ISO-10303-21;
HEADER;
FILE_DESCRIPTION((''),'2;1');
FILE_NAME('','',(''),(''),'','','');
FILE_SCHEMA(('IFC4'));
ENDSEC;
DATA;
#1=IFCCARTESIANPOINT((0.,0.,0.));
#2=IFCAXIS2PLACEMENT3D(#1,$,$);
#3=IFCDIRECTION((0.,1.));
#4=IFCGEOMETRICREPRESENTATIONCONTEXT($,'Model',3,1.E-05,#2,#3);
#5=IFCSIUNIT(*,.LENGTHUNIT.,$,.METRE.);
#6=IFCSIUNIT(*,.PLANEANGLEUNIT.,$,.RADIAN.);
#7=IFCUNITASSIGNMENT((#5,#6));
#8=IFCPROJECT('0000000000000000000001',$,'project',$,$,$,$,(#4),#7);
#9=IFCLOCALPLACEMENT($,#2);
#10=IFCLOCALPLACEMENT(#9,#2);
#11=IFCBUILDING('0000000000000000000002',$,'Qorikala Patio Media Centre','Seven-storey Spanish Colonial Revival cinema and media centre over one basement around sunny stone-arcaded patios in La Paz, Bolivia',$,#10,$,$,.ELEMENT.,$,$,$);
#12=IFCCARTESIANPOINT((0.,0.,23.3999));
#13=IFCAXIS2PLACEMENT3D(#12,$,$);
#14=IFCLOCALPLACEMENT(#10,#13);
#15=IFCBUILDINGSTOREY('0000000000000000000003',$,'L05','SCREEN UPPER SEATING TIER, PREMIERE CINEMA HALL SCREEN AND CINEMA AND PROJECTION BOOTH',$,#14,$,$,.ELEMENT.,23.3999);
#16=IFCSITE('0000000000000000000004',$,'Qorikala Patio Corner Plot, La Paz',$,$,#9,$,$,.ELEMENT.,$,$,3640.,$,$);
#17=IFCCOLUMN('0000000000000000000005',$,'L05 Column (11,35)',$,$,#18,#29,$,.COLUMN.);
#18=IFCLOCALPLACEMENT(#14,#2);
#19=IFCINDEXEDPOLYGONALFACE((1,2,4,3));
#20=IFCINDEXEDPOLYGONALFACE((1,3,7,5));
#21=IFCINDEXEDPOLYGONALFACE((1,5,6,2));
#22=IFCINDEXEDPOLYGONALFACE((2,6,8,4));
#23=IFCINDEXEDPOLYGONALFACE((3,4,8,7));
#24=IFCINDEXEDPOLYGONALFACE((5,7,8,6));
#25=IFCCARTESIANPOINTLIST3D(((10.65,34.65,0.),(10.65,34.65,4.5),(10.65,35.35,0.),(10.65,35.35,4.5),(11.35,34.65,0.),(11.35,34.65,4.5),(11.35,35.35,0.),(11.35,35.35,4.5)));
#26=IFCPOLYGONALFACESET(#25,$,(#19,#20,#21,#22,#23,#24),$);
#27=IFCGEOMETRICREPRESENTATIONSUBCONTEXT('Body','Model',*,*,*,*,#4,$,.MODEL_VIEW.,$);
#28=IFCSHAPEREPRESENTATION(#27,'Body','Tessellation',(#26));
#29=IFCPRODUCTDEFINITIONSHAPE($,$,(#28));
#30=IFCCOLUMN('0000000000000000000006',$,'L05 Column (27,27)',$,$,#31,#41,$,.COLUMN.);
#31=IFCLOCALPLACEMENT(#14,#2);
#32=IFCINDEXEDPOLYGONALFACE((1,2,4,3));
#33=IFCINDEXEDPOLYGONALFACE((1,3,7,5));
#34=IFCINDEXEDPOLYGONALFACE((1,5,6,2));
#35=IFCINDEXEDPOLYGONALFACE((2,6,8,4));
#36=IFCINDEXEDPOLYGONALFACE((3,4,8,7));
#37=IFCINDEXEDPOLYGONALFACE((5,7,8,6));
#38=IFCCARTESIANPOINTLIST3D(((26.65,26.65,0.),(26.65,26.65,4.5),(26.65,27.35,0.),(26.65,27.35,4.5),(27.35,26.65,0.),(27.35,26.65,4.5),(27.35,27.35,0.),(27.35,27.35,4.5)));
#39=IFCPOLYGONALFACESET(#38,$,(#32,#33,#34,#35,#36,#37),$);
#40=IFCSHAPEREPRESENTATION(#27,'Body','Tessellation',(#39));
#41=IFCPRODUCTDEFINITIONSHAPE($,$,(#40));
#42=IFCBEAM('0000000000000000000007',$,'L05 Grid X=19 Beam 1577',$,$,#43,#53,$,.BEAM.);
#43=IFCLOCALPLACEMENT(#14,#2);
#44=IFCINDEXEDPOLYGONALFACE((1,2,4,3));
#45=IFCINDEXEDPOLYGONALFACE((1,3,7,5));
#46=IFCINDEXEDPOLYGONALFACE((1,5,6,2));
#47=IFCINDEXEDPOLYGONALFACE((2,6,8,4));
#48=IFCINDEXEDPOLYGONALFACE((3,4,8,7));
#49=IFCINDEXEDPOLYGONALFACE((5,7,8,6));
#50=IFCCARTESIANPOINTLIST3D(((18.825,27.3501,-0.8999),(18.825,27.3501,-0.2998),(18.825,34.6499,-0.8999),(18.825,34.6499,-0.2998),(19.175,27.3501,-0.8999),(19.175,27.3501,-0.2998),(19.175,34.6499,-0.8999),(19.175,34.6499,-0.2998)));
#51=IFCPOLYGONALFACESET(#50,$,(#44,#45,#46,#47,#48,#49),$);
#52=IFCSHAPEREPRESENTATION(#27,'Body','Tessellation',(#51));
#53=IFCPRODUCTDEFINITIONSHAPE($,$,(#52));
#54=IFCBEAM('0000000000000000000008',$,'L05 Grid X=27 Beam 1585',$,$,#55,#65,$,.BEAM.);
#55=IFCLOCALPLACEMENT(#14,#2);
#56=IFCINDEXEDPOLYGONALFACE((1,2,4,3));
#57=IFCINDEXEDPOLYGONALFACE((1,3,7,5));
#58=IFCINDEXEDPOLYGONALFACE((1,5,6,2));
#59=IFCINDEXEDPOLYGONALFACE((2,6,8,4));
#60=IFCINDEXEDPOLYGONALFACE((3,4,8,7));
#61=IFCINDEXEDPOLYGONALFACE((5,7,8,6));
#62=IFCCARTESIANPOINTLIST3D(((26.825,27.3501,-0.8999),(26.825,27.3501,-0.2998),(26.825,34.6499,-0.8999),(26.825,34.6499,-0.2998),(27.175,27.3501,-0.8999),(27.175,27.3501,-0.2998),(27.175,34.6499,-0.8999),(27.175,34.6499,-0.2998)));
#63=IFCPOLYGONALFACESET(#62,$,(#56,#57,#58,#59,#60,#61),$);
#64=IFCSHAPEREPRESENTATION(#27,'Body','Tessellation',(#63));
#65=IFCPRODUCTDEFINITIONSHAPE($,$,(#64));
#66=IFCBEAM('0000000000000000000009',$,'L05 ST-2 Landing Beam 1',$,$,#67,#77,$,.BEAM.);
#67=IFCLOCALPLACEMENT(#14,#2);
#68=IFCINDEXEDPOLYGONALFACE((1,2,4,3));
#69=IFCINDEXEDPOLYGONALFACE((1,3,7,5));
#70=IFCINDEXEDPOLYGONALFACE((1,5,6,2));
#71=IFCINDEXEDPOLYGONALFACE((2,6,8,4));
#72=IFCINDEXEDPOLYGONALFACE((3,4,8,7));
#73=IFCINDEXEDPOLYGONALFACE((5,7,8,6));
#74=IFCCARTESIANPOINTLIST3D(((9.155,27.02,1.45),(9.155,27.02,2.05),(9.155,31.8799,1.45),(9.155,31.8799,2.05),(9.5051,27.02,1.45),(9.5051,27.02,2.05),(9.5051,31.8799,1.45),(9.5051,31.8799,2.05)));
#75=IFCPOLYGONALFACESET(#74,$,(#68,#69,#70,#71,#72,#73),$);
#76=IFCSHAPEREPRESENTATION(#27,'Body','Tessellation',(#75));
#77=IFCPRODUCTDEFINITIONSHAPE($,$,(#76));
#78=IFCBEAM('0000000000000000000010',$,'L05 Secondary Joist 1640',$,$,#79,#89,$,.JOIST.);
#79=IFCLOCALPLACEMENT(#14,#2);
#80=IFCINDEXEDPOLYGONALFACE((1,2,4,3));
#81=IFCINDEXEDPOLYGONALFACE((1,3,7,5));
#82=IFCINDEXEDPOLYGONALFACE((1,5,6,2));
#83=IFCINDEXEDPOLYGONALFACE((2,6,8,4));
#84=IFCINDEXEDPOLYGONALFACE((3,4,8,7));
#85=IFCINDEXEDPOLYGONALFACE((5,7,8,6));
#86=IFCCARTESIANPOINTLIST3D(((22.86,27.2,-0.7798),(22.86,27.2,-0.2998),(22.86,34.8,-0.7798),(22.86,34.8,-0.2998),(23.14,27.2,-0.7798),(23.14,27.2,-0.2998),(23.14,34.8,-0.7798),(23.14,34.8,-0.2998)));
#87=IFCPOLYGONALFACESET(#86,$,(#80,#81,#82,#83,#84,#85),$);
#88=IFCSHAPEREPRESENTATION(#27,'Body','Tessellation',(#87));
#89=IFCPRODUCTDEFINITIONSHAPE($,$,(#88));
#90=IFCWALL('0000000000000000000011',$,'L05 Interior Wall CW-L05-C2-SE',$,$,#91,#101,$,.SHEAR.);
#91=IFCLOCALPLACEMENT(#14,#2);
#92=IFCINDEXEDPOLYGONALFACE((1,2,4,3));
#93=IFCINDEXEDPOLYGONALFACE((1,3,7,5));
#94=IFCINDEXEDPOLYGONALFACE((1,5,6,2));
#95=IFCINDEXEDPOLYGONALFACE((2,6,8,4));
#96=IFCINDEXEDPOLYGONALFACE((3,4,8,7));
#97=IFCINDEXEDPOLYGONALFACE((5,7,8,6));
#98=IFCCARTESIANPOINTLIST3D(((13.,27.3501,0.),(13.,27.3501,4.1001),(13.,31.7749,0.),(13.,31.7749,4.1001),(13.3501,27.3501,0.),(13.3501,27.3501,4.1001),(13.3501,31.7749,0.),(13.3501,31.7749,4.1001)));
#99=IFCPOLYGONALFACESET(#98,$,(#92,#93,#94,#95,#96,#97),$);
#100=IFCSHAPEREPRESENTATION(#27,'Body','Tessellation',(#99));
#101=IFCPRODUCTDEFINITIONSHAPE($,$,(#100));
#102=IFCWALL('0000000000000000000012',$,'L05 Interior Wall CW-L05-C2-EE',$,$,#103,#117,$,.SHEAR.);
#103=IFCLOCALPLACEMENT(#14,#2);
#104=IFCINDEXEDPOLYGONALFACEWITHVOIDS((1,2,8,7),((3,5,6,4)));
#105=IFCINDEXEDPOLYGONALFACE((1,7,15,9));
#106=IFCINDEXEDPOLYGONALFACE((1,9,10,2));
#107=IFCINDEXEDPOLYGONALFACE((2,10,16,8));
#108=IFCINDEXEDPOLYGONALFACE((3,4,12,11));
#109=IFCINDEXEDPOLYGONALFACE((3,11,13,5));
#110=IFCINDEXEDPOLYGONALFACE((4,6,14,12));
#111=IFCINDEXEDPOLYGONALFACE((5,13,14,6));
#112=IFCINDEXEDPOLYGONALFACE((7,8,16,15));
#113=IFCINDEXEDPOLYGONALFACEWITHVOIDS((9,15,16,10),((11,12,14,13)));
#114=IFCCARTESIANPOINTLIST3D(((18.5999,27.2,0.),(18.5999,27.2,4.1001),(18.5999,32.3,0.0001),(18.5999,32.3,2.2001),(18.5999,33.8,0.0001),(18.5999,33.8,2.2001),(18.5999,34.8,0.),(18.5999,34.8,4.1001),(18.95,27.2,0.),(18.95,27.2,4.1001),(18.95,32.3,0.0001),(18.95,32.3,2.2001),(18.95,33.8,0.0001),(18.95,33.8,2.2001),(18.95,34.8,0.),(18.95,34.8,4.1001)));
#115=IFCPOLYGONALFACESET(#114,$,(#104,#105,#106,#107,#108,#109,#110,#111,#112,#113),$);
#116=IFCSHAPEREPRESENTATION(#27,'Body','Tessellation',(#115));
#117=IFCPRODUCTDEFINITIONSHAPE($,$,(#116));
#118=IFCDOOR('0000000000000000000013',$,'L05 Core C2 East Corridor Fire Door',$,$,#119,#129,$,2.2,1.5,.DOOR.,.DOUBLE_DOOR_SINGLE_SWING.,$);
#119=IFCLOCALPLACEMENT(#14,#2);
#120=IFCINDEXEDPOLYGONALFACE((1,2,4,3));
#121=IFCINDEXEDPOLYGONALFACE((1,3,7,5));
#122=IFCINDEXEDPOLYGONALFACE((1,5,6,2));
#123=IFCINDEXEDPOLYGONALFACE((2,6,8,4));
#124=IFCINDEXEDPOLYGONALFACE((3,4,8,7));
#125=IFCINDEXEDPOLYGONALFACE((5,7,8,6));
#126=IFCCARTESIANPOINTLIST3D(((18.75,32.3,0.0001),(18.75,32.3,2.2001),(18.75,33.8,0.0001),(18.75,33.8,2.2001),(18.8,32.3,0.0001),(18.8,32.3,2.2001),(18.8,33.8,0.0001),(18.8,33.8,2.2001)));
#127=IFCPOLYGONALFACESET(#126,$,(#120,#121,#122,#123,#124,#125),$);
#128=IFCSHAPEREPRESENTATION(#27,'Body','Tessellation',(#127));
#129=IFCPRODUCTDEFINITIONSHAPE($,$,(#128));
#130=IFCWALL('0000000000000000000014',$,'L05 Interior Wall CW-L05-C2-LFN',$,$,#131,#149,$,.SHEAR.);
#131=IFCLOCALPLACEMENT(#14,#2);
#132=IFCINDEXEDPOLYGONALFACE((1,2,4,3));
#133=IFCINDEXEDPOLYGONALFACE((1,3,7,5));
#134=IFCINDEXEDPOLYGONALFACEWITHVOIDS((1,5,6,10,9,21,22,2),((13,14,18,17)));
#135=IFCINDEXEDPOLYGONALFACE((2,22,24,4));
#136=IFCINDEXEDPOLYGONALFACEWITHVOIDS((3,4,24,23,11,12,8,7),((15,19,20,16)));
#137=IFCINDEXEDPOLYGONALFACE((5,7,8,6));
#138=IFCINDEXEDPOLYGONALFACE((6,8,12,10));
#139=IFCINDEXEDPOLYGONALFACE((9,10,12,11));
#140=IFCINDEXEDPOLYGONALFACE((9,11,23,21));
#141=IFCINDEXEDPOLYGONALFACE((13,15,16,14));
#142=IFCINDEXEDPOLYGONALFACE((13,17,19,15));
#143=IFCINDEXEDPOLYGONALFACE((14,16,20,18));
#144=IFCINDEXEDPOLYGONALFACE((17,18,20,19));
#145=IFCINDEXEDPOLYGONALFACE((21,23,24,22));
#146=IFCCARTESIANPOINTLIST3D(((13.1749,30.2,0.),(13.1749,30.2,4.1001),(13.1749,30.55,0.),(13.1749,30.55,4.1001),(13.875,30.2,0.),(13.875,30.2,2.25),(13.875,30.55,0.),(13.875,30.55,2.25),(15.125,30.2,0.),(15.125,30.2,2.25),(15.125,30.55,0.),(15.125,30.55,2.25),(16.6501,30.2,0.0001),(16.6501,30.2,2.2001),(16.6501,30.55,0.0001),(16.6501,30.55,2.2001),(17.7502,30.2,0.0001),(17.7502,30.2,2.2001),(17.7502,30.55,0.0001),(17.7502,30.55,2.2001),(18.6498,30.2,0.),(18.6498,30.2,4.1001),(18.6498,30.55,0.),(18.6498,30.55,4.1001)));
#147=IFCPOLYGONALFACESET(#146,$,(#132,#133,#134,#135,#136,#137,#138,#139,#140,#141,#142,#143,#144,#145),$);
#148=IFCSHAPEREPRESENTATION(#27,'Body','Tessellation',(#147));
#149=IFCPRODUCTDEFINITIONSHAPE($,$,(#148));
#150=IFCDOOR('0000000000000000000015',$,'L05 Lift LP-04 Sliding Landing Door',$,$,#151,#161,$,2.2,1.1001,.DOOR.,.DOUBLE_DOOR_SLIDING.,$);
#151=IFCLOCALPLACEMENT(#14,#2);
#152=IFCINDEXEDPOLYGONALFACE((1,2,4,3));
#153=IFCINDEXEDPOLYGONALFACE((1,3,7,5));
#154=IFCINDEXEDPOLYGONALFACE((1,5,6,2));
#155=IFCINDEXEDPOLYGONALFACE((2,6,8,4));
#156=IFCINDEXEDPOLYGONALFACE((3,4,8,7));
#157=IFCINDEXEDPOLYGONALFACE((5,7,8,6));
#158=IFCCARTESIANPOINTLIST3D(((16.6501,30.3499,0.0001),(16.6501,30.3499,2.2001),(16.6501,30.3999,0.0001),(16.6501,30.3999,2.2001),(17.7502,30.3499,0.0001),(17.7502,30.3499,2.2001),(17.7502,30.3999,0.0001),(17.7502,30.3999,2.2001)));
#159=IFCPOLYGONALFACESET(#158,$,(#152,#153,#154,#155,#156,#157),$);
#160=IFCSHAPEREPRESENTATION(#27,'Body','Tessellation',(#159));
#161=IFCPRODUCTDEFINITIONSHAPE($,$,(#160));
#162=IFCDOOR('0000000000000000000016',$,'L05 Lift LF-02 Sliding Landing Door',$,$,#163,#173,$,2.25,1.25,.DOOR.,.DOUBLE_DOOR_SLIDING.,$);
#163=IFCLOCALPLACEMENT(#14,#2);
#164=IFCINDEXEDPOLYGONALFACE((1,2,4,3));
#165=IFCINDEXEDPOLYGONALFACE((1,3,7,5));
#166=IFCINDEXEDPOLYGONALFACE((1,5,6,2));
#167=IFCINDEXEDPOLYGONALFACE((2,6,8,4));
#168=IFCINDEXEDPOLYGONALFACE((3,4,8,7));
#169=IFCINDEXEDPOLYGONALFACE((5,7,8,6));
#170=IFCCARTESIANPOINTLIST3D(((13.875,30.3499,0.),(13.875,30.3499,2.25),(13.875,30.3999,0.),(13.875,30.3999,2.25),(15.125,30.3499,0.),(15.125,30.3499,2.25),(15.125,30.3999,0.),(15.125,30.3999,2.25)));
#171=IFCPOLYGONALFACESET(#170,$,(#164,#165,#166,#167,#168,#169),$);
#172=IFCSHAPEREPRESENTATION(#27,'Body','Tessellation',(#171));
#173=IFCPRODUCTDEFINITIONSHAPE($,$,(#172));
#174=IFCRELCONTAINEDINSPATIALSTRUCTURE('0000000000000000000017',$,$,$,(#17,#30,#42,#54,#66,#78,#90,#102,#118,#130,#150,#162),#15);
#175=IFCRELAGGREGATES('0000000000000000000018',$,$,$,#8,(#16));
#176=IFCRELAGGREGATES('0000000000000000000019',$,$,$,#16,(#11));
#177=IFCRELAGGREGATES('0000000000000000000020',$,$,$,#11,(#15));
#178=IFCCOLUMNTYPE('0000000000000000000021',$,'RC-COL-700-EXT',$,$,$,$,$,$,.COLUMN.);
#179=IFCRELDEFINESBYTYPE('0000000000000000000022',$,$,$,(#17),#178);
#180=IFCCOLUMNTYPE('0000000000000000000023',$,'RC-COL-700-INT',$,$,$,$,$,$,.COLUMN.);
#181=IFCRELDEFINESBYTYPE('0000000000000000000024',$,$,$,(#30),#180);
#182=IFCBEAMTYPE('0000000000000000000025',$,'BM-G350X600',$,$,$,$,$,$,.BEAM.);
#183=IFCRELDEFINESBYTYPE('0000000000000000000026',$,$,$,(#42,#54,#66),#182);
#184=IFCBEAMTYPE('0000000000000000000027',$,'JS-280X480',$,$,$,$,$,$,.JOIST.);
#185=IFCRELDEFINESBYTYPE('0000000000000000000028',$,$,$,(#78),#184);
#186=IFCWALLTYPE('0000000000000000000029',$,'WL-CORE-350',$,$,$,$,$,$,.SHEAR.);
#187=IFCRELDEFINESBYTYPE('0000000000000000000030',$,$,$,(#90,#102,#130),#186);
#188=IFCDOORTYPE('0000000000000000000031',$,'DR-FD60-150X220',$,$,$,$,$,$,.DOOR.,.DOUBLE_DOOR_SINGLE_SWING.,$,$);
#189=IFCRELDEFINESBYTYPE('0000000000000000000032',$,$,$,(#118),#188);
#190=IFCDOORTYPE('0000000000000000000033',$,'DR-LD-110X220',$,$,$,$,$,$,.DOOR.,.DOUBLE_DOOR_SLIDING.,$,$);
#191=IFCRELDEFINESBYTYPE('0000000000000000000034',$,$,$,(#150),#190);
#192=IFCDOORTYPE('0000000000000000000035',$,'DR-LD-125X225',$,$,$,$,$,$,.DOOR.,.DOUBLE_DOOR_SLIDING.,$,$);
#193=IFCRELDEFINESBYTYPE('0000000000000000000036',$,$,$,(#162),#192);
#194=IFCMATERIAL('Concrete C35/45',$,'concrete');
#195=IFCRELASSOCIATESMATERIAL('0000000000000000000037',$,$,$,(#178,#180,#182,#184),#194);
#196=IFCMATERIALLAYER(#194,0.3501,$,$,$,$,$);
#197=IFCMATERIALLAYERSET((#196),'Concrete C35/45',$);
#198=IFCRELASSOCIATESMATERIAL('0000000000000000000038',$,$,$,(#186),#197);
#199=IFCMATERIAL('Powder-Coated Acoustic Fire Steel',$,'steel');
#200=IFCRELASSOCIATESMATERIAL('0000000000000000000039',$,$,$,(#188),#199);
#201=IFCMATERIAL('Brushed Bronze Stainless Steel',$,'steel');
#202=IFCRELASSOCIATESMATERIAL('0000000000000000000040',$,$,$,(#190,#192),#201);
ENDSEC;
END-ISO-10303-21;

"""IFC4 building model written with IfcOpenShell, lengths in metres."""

from ifc_helpers import new_model, si_unit, direction, frame, frame_2d, origin, origin_2d, place, context, subcontext, project, spatial, rectangle, extrude, material, layer, layer_set, material_profile, profile_set, type_object, element, fill, save


model = new_model("IFC4")

# Units and contexts
model_context = context("Model", 3, precision=1e-05, world=origin(), true_north=direction((0.0, 1.0)))
body_context = subcontext(model_context, "Body", "Model", "MODEL_VIEW")
ifc_project = project(units=[si_unit("LENGTHUNIT", "METRE"), si_unit("PLANEANGLEUNIT", "RADIAN")], contexts=[model_context])

# Site, building, storey
site_placement = place(None, origin())
site = spatial("IfcSite", under=ifc_project, at=site_placement, Name="Qorikala Patio Corner Plot, La Paz", CompositionType="ELEMENT", RefElevation=3640.0)
building_placement = place(site_placement, origin())
building = spatial("IfcBuilding", under=site, at=building_placement, Name="Qorikala Patio Media Centre", Description="Seven-storey Spanish Colonial Revival cinema and media centre over one basement around sunny stone-arcaded patios in La Paz, Bolivia", CompositionType="ELEMENT")
storey_placement = place(building_placement, frame((0.0, 0.0, 23.3999)))
storey = spatial("IfcBuildingStorey", under=building, at=storey_placement, Name="L05", Description="SCREEN UPPER SEATING TIER, PREMIERE CINEMA HALL SCREEN AND CINEMA AND PROJECTION BOOTH", CompositionType="ELEMENT", Elevation=23.3999)

# Columns
ifc_material_1 = material(Name="Concrete C35/45", Category="concrete")
ifc_material_profile_1 = material_profile(ifc_material_1, rectangle(XDim=0.7, YDim=0.7, at=origin_2d()), Name="RC 700x700")
ifc_profile_set_1 = profile_set([ifc_material_profile_1], Name="Concrete C35/45")
column_type_1 = type_object("IfcColumnType", Name="RC-COL-700-EXT", PredefinedType="COLUMN", material=ifc_profile_set_1)
column_1_placement = place(storey_placement, frame((11.0, 35.0, 0.0), z_axis=(0.0, 0.0, 1.0), x_axis=(1.0, 0.0, 0.0)))
element("IfcColumn", 1, at=column_1_placement, inside=storey, type_object=column_type_1, Name="L05 Column (11,35)", PredefinedType="COLUMN", context=body_context, shape_type="SweptSolid", body=[
    extrude(rectangle(XDim=0.7, YDim=0.7, at=origin_2d()), origin(), (0.0, 0.0, 1.0), 4.5),
])
ifc_material_profile_2 = material_profile(ifc_material_1, rectangle(XDim=0.7, YDim=0.7, at=origin_2d()), Name="RC 700x700")
ifc_profile_set_2 = profile_set([ifc_material_profile_2], Name="Concrete C35/45")
column_type_2 = type_object("IfcColumnType", Name="RC-COL-700-INT", PredefinedType="COLUMN", material=ifc_profile_set_2)
column_2_placement = place(storey_placement, frame((27.0, 27.0, 0.0), z_axis=(0.0, 0.0, 1.0), x_axis=(1.0, 0.0, 0.0)))
element("IfcColumn", 2, at=column_2_placement, inside=storey, type_object=column_type_2, Name="L05 Column (27,27)", PredefinedType="COLUMN", context=body_context, shape_type="SweptSolid", body=[
    extrude(rectangle(XDim=0.7, YDim=0.7, at=origin_2d()), origin(), (0.0, 0.0, 1.0), 4.5),
])

# Beams
ifc_material_profile_3 = material_profile(ifc_material_1, rectangle(XDim=0.3501, YDim=0.6001, at=origin_2d()), Name="RC 350x600")
ifc_profile_set_3 = profile_set([ifc_material_profile_3], Name="Concrete C35/45")
beam_type_1 = type_object("IfcBeamType", Name="BM-G350X600", PredefinedType="BEAM", material=ifc_profile_set_3)
for number, where, z_axis, x_axis, name in (
    (3, (19.0, 27.3501, -0.5999), (0.0, 1.0, 0.0), (-1.0, 0.0, 0.0), "L05 Grid X=19 Beam 1577"),
    (4, (27.0, 27.3501, -0.5999), (0.0, 1.0, 0.0), (-1.0, 0.0, 0.0), "L05 Grid X=27 Beam 1585"),
):
    element("IfcBeam", number, at=place(storey_placement, frame(where, z_axis=z_axis, x_axis=x_axis)), inside=storey, type_object=beam_type_1, Name=name, PredefinedType="BEAM", context=body_context, shape_type="SweptSolid", body=[
        extrude(rectangle(XDim=0.3501, YDim=0.6001, at=origin_2d()), origin(), (0.0, 0.0, 1.0), 7.2998),
    ])
beam_1_placement = place(storey_placement, frame((9.3301, 27.02, 1.75), z_axis=(0.0, 1.0, 0.0), x_axis=(-1.0, 0.0, 0.0)))
element("IfcBeam", 5, at=beam_1_placement, inside=storey, type_object=beam_type_1, Name="L05 ST-2 Landing Beam 1", PredefinedType="BEAM", context=body_context, shape_type="SweptSolid", body=[
    extrude(rectangle(XDim=0.3501, YDim=0.6001, at=origin_2d()), origin(), (0.0, 0.0, 1.0), 4.8599),
])
ifc_material_profile_4 = material_profile(ifc_material_1, rectangle(XDim=0.28, YDim=0.48, at=origin_2d()), Name="RC 280x480")
ifc_profile_set_4 = profile_set([ifc_material_profile_4], Name="Concrete C35/45")
beam_type_2 = type_object("IfcBeamType", Name="JS-280X480", PredefinedType="JOIST", material=ifc_profile_set_4)
beam_2_placement = place(storey_placement, frame((23.0, 27.2, -0.5398), z_axis=(0.0, 1.0, 0.0), x_axis=(-1.0, 0.0, 0.0)))
element("IfcBeam", 6, at=beam_2_placement, inside=storey, type_object=beam_type_2, Name="L05 Secondary Joist 1640", PredefinedType="JOIST", context=body_context, shape_type="SweptSolid", body=[
    extrude(rectangle(XDim=0.28, YDim=0.48, at=origin_2d()), origin(), (0.0, 0.0, 1.0), 7.6001),
])

# Wall
ifc_layer_1 = layer(ifc_material_1, 0.3501)
ifc_layer_set_1 = layer_set([ifc_layer_1], Name="Concrete C35/45")
wall_type_1 = type_object("IfcWallType", Name="WL-CORE-350", PredefinedType="SHEAR", material=ifc_layer_set_1)
wall_1_placement = place(storey_placement, frame((13.175, 27.3501, 0.0), z_axis=(0.0, 0.0, 1.0), x_axis=(0.0, 1.0, 0.0)))
element("IfcWall", 7, at=wall_1_placement, inside=storey, type_object=wall_type_1, Name="L05 Interior Wall CW-L05-C2-SE", PredefinedType="SHEAR", context=body_context, shape_type="SweptSolid", body=[
    extrude(rectangle(XDim=4.4248, YDim=0.3501, at=frame_2d((2.2124, 0.0))), origin(), (0.0, 0.0, 1.0), 4.1001),
])

# Wall, opening, door
wall_2_placement = place(storey_placement, frame((18.7749, 27.2, 0.0), z_axis=(0.0, 0.0, 1.0), x_axis=(0.0, 1.0, 0.0)))
wall_2 = element("IfcWall", 8, at=wall_2_placement, inside=storey, type_object=wall_type_1, Name="L05 Interior Wall CW-L05-C2-EE", PredefinedType="SHEAR", context=body_context, shape_type="SweptSolid", body=[
    extrude(rectangle(XDim=7.6001, YDim=0.3501, at=frame_2d((3.8, 0.0))), origin(), (0.0, 0.0, 1.0), 4.1001),
])
opening_1_placement = place(wall_2_placement, frame((5.1001, 0.0, 0.0)))
opening_1 = element("IfcOpeningElement", 9, at=opening_1_placement, cuts=wall_2, PredefinedType="OPENING", context=body_context, shape_type="SweptSolid", body=[
    extrude(rectangle(XDim=1.5, YDim=2.2, at=frame_2d((0.75, 1.1001))), frame((0.0, 0.1851, 0.0), z_axis=(0.0, -1.0, 0.0), x_axis=(1.0, 0.0, 0.0)), (0.0, 0.0, 1.0), 0.3701),
])
ifc_material_2 = material(Name="Powder-Coated Acoustic Fire Steel", Category="steel")
door_type_1 = type_object("IfcDoorType", Name="DR-FD60-150X220", OperationType="DOUBLE_DOOR_SINGLE_SWING", PredefinedType="DOOR", material=ifc_material_2)
door_1_placement = place(opening_1_placement, origin())
door_1 = element("IfcDoor", 10, at=door_1_placement, inside=storey, type_object=door_type_1, Name="L05 Core C2 East Corridor Fire Door", OperationType="DOUBLE_DOOR_SINGLE_SWING", OverallHeight=2.2, OverallWidth=1.5, PredefinedType="DOOR", context=body_context, shape_type="SweptSolid", body=[
    extrude(rectangle(XDim=1.5, YDim=2.2, at=frame_2d((0.75, 1.1001))), frame((0.0, 0.0249, 0.0), z_axis=(0.0, -1.0, 0.0), x_axis=(1.0, 0.0, 0.0)), (0.0, 0.0, 1.0), 0.05),
])
fill(opening_1, door_1)

# Wall, openings, doors
wall_3_placement = place(storey_placement, frame((13.175, 30.375, 0.0), z_axis=(0.0, 0.0, 1.0), x_axis=(1.0, 0.0, 0.0)))
wall_3 = element("IfcWall", 11, at=wall_3_placement, inside=storey, type_object=wall_type_1, Name="L05 Interior Wall CW-L05-C2-LFN", PredefinedType="SHEAR", context=body_context, shape_type="SweptSolid", body=[
    extrude(rectangle(XDim=5.4749, YDim=0.3501, at=frame_2d((2.7373, 0.0))), origin(), (0.0, 0.0, 1.0), 4.1001),
])
opening_2_placement = place(wall_3_placement, frame((0.7, 0.0, 0.0)))
opening_2 = element("IfcOpeningElement", 12, at=opening_2_placement, cuts=wall_3, PredefinedType="OPENING", context=body_context, shape_type="SweptSolid", body=[
    extrude(rectangle(XDim=1.25, YDim=2.25, at=frame_2d((0.625, 1.125))), frame((0.0, 0.1851, 0.0), z_axis=(0.0, -1.0, 0.0), x_axis=(1.0, 0.0, 0.0)), (0.0, 0.0, 1.0), 0.3701),
])
opening_3_placement = place(wall_3_placement, frame((3.4751, 0.0, 0.0)))
opening_3 = element("IfcOpeningElement", 13, at=opening_3_placement, cuts=wall_3, PredefinedType="OPENING", context=body_context, shape_type="SweptSolid", body=[
    extrude(rectangle(XDim=1.1001, YDim=2.2, at=frame_2d((0.55, 1.1001))), frame((0.0, 0.1851, 0.0), z_axis=(0.0, -1.0, 0.0), x_axis=(1.0, 0.0, 0.0)), (0.0, 0.0, 1.0), 0.3701),
])
ifc_material_3 = material(Name="Brushed Bronze Stainless Steel", Category="steel")
door_type_2 = type_object("IfcDoorType", Name="DR-LD-110X220", OperationType="DOUBLE_DOOR_SLIDING", PredefinedType="DOOR", material=ifc_material_3)
door_2_placement = place(opening_3_placement, origin())
door_2 = element("IfcDoor", 14, at=door_2_placement, inside=storey, type_object=door_type_2, Name="L05 Lift LP-04 Sliding Landing Door", OperationType="DOUBLE_DOOR_SLIDING", OverallHeight=2.2, OverallWidth=1.1001, PredefinedType="DOOR", context=body_context, shape_type="SweptSolid", body=[
    extrude(rectangle(XDim=1.1001, YDim=2.2, at=frame_2d((0.55, 1.1001))), frame((0.0, 0.0249, 0.0), z_axis=(0.0, -1.0, 0.0), x_axis=(1.0, 0.0, 0.0)), (0.0, 0.0, 1.0), 0.05),
])
fill(opening_3, door_2)
door_type_3 = type_object("IfcDoorType", Name="DR-LD-125X225", OperationType="DOUBLE_DOOR_SLIDING", PredefinedType="DOOR", material=ifc_material_3)
door_3_placement = place(opening_2_placement, origin())
door_3 = element("IfcDoor", 15, at=door_3_placement, inside=storey, type_object=door_type_3, Name="L05 Lift LF-02 Sliding Landing Door", OperationType="DOUBLE_DOOR_SLIDING", OverallHeight=2.25, OverallWidth=1.25, PredefinedType="DOOR", context=body_context, shape_type="SweptSolid", body=[
    extrude(rectangle(XDim=1.25, YDim=2.25, at=frame_2d((0.625, 1.125))), frame((0.0, 0.0249, 0.0), z_axis=(0.0, -1.0, 0.0), x_axis=(1.0, 0.0, 0.0)), (0.0, 0.0, 1.0), 0.05),
])
fill(opening_2, door_3)

save(model, "model.ifc")
